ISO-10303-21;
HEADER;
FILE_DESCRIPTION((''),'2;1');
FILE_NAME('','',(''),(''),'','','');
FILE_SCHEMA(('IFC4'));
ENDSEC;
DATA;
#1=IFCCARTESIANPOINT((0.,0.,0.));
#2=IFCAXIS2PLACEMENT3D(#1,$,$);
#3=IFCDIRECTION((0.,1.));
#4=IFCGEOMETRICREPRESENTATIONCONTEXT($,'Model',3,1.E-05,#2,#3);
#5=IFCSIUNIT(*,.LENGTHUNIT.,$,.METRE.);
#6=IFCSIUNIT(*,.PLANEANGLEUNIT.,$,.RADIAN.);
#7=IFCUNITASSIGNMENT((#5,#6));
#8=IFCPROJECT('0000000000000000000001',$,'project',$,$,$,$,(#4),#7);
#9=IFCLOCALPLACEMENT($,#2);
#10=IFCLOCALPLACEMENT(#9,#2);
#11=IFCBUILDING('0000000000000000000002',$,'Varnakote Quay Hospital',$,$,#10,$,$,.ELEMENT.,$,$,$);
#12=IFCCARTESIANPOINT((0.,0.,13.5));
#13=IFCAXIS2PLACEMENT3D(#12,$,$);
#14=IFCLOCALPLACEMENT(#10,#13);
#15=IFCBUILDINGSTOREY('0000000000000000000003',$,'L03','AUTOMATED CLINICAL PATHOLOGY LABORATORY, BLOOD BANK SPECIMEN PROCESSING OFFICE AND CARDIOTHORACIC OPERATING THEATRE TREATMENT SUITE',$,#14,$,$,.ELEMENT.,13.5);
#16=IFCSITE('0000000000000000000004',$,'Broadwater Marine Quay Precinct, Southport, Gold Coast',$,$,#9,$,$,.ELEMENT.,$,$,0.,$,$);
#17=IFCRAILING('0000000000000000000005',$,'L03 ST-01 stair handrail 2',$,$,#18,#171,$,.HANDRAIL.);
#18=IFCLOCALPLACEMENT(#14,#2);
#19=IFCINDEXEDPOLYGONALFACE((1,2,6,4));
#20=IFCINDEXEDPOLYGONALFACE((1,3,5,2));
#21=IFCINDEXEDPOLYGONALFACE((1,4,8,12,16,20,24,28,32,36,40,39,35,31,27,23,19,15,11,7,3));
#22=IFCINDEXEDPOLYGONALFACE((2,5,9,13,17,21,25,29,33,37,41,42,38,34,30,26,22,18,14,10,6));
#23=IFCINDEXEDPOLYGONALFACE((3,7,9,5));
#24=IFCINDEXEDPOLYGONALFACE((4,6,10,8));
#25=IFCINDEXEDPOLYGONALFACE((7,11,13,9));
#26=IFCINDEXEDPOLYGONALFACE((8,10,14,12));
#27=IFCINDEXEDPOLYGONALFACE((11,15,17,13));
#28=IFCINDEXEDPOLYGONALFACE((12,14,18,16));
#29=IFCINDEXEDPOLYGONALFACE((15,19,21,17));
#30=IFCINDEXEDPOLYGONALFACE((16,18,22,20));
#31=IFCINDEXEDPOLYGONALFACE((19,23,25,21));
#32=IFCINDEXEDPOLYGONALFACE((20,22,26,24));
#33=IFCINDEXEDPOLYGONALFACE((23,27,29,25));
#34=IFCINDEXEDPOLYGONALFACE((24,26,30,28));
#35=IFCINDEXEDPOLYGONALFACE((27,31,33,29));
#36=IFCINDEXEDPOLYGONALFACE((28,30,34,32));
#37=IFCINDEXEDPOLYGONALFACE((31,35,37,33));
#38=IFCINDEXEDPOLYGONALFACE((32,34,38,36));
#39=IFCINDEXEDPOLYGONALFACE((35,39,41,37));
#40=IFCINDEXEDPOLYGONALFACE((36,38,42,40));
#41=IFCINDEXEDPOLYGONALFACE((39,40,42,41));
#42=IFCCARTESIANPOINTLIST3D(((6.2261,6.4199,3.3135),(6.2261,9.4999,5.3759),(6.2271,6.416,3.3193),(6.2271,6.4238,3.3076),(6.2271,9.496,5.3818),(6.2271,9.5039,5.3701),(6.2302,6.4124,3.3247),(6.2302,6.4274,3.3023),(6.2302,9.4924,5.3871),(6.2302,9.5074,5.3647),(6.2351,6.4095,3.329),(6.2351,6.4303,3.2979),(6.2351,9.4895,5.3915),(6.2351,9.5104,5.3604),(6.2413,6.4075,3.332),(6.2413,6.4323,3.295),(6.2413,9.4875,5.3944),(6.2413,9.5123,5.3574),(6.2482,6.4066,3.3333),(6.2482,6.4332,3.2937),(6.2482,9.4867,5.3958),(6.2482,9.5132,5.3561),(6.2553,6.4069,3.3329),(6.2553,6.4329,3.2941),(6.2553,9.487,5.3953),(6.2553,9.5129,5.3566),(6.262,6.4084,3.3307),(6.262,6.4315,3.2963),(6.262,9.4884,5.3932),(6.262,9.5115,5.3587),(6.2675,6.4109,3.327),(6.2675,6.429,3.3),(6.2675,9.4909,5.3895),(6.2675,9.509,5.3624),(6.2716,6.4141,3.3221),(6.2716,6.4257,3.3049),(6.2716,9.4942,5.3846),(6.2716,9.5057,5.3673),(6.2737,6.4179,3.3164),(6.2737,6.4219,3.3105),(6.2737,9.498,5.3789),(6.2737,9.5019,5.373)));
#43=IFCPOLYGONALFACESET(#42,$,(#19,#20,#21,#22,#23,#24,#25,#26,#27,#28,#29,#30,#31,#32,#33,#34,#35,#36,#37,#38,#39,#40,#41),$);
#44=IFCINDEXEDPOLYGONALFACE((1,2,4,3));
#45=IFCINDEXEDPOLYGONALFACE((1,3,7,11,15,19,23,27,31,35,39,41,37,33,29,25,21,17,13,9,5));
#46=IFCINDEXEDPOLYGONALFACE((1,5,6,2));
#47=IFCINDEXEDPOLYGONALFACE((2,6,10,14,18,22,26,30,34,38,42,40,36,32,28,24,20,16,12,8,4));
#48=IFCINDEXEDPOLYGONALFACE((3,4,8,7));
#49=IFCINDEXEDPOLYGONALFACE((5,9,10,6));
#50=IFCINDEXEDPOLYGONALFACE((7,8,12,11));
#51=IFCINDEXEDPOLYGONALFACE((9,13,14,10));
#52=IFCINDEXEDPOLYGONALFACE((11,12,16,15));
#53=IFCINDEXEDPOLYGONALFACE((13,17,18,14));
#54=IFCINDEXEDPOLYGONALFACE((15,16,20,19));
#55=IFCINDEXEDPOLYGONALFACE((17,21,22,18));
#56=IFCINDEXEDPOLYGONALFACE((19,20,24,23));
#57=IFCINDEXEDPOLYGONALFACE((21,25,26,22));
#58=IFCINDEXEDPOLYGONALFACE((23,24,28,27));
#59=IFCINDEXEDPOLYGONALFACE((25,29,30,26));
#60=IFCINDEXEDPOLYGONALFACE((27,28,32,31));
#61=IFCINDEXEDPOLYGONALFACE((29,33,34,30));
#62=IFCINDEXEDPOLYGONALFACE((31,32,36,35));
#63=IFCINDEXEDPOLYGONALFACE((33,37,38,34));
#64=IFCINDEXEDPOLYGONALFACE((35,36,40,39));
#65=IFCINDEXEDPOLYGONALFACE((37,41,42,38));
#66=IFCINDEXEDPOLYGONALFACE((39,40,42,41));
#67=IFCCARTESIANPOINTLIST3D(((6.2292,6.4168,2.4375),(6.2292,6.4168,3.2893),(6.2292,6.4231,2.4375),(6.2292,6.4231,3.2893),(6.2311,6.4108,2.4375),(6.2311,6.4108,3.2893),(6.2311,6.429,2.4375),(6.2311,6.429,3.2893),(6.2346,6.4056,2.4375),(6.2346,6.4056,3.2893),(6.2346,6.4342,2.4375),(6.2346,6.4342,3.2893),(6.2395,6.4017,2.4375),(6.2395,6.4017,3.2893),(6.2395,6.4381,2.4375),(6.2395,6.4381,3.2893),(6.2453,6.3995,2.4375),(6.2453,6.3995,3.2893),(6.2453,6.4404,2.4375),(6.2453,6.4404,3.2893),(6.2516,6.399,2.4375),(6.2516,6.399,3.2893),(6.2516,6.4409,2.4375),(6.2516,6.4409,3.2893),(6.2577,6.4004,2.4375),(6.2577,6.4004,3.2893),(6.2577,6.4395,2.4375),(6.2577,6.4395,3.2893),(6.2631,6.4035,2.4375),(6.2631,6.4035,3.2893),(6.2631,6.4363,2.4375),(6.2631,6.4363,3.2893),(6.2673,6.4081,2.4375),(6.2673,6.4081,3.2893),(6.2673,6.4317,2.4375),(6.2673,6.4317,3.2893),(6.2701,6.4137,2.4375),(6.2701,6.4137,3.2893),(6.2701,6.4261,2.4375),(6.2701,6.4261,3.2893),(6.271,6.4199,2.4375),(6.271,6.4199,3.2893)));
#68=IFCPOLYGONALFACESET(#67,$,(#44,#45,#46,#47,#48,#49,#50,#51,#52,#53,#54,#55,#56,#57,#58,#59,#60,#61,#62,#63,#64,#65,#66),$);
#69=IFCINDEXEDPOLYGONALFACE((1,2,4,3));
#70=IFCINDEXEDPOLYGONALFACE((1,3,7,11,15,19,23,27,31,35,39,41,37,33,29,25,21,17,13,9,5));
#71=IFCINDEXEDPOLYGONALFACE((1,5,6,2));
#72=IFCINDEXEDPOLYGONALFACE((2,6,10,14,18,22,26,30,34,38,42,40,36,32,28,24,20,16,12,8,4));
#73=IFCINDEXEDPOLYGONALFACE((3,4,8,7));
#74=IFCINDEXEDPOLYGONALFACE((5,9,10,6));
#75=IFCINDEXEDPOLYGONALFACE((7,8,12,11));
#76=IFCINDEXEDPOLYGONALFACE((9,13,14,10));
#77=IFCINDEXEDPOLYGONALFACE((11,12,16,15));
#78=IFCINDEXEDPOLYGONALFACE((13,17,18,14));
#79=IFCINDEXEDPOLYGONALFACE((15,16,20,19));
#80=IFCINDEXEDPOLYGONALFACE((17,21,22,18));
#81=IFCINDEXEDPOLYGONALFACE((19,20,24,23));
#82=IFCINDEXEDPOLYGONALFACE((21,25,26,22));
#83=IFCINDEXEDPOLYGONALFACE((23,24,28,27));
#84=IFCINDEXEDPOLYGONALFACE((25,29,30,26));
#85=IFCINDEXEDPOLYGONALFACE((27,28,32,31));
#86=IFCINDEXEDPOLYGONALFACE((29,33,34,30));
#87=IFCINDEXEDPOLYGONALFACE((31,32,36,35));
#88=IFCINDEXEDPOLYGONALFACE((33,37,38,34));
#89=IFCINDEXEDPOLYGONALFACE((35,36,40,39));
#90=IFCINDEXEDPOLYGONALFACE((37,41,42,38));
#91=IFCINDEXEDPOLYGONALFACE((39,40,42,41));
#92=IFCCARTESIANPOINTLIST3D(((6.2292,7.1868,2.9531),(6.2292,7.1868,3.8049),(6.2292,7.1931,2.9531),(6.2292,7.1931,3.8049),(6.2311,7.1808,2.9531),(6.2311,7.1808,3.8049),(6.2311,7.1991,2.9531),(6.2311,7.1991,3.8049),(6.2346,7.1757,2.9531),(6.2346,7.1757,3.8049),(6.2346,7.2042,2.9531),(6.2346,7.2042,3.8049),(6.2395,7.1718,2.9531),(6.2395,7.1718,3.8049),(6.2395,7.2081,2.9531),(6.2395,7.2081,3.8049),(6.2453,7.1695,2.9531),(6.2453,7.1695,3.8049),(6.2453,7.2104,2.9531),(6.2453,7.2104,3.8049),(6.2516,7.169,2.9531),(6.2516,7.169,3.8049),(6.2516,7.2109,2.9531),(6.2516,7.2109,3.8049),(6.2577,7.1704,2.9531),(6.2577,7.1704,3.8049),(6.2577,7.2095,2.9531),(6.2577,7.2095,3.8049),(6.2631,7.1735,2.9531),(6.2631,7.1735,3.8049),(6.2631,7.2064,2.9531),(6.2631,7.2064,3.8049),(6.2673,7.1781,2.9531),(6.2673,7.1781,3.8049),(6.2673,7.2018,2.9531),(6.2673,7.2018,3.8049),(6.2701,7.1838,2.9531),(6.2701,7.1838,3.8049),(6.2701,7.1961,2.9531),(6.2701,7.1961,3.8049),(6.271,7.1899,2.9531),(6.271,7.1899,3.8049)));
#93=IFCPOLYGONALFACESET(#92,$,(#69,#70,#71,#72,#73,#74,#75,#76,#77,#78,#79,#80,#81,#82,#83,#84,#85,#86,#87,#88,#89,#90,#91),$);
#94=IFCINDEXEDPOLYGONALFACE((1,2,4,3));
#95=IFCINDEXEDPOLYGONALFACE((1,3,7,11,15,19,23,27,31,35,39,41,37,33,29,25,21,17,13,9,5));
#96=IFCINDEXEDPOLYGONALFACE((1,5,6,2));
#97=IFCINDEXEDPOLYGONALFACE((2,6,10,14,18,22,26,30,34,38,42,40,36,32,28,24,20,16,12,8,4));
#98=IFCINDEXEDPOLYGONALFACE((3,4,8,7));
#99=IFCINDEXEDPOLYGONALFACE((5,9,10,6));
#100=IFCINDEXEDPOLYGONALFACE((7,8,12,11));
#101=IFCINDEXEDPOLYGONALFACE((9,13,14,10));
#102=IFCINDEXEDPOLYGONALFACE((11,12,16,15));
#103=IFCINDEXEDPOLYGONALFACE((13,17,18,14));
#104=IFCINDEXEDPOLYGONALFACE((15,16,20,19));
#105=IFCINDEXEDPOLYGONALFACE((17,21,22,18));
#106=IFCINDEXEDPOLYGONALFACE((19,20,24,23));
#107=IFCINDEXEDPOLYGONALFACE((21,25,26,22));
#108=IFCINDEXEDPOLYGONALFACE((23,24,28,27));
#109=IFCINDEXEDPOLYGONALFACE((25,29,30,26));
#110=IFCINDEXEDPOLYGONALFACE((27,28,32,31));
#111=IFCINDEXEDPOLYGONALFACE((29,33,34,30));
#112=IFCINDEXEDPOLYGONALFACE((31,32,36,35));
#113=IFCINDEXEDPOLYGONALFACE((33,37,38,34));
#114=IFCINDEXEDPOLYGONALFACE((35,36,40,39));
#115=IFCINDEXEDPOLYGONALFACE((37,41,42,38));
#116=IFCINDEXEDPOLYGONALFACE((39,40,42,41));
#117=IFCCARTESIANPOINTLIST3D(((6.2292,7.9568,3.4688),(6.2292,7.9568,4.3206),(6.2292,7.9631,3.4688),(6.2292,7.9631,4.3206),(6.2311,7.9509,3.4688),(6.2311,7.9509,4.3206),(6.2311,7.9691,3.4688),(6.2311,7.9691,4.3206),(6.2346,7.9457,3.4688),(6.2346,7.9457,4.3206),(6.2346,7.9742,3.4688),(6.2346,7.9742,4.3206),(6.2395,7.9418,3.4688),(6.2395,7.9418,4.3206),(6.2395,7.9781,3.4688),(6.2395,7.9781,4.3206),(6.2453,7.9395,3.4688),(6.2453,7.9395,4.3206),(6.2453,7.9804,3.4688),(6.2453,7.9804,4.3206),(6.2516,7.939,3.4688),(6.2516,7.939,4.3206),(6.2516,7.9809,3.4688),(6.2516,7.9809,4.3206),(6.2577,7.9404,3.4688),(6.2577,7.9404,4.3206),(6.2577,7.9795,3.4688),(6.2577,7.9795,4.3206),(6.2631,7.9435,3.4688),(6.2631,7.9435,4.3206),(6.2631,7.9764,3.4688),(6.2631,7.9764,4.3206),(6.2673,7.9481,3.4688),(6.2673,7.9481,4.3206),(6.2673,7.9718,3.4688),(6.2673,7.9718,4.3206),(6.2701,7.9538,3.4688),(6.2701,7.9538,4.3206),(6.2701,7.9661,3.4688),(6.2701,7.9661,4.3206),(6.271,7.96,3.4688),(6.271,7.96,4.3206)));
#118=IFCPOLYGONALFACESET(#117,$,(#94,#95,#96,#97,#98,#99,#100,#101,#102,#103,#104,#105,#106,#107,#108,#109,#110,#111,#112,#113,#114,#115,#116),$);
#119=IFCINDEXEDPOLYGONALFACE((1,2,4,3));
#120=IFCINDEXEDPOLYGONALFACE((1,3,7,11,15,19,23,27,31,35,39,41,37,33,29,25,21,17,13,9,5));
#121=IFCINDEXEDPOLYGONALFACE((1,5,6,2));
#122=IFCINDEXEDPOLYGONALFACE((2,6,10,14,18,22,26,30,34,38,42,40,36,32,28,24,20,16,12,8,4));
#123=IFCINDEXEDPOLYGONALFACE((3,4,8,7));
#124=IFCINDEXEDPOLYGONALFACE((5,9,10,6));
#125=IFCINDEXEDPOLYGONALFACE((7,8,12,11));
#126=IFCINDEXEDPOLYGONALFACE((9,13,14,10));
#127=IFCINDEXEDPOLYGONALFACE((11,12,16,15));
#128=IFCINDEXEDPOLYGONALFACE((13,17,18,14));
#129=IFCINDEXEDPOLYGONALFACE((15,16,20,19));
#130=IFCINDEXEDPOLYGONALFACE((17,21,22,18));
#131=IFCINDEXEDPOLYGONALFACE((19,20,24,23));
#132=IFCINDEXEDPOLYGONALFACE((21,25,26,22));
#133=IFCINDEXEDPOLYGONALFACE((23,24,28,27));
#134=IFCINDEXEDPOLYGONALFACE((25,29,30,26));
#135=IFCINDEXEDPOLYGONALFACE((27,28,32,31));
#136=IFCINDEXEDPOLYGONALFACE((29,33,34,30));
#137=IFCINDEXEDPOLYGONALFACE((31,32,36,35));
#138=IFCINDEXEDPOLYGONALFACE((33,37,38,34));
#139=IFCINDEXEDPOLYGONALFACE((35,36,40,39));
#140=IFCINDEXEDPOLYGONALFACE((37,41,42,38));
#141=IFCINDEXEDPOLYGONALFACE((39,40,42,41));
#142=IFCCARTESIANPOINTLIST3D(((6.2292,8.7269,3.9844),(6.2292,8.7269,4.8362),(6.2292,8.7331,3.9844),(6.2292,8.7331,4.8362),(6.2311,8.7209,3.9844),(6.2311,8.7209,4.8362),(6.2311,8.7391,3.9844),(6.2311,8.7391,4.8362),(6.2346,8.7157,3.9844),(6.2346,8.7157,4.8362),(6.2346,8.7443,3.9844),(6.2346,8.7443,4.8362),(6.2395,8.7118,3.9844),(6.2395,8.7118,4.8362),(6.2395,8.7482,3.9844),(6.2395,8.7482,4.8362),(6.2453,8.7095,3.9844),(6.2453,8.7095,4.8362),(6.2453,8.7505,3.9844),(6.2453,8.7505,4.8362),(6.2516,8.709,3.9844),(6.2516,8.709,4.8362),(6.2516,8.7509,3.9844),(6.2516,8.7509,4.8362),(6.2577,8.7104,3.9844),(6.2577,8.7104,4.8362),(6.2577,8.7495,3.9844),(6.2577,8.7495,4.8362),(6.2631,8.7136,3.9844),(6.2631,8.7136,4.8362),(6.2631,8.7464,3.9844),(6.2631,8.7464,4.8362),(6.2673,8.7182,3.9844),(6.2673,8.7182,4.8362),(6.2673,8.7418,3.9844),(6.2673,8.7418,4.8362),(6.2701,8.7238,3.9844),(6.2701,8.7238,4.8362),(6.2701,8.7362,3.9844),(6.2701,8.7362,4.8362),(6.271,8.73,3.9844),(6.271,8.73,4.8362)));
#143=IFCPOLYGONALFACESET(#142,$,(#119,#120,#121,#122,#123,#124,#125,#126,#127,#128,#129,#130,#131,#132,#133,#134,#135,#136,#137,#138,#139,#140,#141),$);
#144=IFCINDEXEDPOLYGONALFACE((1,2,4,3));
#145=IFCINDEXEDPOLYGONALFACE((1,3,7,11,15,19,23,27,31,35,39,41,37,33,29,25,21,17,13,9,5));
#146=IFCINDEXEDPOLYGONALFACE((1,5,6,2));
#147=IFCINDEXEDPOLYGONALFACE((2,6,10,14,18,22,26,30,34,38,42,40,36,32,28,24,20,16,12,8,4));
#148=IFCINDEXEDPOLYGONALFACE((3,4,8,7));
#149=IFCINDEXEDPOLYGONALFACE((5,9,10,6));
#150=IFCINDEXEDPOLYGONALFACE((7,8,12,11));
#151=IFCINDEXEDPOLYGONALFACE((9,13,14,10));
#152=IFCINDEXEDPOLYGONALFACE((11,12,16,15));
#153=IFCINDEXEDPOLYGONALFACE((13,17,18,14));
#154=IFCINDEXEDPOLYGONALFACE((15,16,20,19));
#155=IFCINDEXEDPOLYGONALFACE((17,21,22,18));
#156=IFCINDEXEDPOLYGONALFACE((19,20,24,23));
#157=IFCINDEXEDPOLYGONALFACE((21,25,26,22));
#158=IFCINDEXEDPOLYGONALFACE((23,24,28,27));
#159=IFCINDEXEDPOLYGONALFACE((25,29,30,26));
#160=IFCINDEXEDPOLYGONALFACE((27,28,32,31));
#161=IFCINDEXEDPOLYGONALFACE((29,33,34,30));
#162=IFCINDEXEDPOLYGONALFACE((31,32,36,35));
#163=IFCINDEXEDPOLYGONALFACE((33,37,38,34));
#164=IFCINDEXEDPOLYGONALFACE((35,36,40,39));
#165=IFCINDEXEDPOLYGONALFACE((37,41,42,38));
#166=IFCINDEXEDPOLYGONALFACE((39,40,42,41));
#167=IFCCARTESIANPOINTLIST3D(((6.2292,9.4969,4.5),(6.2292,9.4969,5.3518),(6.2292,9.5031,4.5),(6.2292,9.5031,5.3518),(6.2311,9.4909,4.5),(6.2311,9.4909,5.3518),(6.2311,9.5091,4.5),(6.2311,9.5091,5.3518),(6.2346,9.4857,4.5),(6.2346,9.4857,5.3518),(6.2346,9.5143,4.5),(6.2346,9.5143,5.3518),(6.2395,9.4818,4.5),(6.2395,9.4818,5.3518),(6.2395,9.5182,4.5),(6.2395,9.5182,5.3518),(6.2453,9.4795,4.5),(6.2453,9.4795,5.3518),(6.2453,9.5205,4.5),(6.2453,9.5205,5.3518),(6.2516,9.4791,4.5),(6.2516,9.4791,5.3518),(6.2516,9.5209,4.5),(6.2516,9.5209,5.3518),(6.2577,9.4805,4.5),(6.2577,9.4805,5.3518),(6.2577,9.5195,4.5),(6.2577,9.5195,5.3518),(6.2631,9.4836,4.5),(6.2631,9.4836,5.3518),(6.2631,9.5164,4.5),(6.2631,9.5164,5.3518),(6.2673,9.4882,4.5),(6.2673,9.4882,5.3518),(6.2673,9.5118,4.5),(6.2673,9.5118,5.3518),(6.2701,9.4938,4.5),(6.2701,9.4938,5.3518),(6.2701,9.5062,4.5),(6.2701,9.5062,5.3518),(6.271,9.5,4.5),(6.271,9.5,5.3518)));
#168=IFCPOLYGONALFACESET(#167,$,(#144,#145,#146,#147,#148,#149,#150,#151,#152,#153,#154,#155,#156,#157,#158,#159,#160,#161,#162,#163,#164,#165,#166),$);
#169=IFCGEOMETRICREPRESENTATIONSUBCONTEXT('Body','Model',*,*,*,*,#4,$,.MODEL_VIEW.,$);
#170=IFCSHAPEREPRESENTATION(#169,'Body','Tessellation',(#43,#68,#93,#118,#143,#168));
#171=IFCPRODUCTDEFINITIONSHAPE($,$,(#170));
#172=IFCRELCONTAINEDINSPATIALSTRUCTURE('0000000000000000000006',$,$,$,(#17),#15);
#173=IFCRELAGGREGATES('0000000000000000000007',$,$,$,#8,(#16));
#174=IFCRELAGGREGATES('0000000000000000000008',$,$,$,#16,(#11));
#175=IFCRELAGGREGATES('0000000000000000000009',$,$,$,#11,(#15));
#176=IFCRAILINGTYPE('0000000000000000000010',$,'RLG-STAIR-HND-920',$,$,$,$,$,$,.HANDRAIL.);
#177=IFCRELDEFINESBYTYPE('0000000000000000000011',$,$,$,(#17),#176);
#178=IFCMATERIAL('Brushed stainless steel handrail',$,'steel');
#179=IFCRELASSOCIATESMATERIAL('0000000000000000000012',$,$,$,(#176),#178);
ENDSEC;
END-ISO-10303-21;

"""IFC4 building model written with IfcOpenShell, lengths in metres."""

from ifc_helpers import new_model, si_unit, direction, frame, origin, origin_2d, place, context, subcontext, project, spatial, circle, extrude, material, type_object, element, save


model = new_model("IFC4")

# Units and contexts
model_context = context("Model", 3, precision=1e-05, world=origin(), true_north=direction((0.0, 1.0)))
body_context = subcontext(model_context, "Body", "Model", "MODEL_VIEW")
ifc_project = project(units=[si_unit("LENGTHUNIT", "METRE"), si_unit("PLANEANGLEUNIT", "RADIAN")], contexts=[model_context])

# Site, building, storey
site_placement = place(None, origin())
site = spatial("IfcSite", under=ifc_project, at=site_placement, Name="Broadwater Marine Quay Precinct, Southport, Gold Coast", CompositionType="ELEMENT", RefElevation=0.0)
building_placement = place(site_placement, origin())
building = spatial("IfcBuilding", under=site, at=building_placement, Name="Varnakote Quay Hospital", CompositionType="ELEMENT")
storey_placement = place(building_placement, frame((0.0, 0.0, 13.5)))
storey = spatial("IfcBuildingStorey", under=building, at=storey_placement, Name="L03", Description="AUTOMATED CLINICAL PATHOLOGY LABORATORY, BLOOD BANK SPECIMEN PROCESSING OFFICE AND CARDIOTHORACIC OPERATING THEATRE TREATMENT SUITE", CompositionType="ELEMENT", Elevation=13.5)

# Railing
ifc_material_1 = material(Name="Brushed stainless steel handrail", Category="steel")
railing_type_1 = type_object("IfcRailingType", Name="RLG-STAIR-HND-920", PredefinedType="HANDRAIL", material=ifc_material_1)
railing_1_placement = place(storey_placement, frame((6.25, 6.4199, 2.4375)))
element("IfcRailing", 1, at=railing_1_placement, inside=storey, type_object=railing_type_1, Name="L03 ST-01 stair handrail 2", PredefinedType="HANDRAIL", context=body_context, shape_type="SweptSolid", body=[
    extrude(circle(Radius=0.0239, at=origin_2d()), frame((0.0, 0.0, 0.876), z_axis=(0.0, 0.830914, 0.556401), x_axis=(-1.0, 0.0, 0.0)), (0.0, 0.0, 1.0), 3.7068),
    extrude(circle(Radius=0.021, at=origin_2d()), origin(), (0.0, 0.0, 1.0), 0.8518),
    extrude(circle(Radius=0.021, at=origin_2d()), frame((0.0, 0.77, 0.5156)), (0.0, 0.0, 1.0), 0.8518),
    extrude(circle(Radius=0.021, at=origin_2d()), frame((0.0, 1.54, 1.0312)), (0.0, 0.0, 1.0), 0.8518),
    extrude(circle(Radius=0.021, at=origin_2d()), frame((0.0, 2.3101, 1.5469)), (0.0, 0.0, 1.0), 0.8518),
    extrude(circle(Radius=0.021, at=origin_2d()), frame((0.0, 3.0801, 2.0625)), (0.0, 0.0, 1.0), 0.8518),
])

save(model, "model.ifc")
